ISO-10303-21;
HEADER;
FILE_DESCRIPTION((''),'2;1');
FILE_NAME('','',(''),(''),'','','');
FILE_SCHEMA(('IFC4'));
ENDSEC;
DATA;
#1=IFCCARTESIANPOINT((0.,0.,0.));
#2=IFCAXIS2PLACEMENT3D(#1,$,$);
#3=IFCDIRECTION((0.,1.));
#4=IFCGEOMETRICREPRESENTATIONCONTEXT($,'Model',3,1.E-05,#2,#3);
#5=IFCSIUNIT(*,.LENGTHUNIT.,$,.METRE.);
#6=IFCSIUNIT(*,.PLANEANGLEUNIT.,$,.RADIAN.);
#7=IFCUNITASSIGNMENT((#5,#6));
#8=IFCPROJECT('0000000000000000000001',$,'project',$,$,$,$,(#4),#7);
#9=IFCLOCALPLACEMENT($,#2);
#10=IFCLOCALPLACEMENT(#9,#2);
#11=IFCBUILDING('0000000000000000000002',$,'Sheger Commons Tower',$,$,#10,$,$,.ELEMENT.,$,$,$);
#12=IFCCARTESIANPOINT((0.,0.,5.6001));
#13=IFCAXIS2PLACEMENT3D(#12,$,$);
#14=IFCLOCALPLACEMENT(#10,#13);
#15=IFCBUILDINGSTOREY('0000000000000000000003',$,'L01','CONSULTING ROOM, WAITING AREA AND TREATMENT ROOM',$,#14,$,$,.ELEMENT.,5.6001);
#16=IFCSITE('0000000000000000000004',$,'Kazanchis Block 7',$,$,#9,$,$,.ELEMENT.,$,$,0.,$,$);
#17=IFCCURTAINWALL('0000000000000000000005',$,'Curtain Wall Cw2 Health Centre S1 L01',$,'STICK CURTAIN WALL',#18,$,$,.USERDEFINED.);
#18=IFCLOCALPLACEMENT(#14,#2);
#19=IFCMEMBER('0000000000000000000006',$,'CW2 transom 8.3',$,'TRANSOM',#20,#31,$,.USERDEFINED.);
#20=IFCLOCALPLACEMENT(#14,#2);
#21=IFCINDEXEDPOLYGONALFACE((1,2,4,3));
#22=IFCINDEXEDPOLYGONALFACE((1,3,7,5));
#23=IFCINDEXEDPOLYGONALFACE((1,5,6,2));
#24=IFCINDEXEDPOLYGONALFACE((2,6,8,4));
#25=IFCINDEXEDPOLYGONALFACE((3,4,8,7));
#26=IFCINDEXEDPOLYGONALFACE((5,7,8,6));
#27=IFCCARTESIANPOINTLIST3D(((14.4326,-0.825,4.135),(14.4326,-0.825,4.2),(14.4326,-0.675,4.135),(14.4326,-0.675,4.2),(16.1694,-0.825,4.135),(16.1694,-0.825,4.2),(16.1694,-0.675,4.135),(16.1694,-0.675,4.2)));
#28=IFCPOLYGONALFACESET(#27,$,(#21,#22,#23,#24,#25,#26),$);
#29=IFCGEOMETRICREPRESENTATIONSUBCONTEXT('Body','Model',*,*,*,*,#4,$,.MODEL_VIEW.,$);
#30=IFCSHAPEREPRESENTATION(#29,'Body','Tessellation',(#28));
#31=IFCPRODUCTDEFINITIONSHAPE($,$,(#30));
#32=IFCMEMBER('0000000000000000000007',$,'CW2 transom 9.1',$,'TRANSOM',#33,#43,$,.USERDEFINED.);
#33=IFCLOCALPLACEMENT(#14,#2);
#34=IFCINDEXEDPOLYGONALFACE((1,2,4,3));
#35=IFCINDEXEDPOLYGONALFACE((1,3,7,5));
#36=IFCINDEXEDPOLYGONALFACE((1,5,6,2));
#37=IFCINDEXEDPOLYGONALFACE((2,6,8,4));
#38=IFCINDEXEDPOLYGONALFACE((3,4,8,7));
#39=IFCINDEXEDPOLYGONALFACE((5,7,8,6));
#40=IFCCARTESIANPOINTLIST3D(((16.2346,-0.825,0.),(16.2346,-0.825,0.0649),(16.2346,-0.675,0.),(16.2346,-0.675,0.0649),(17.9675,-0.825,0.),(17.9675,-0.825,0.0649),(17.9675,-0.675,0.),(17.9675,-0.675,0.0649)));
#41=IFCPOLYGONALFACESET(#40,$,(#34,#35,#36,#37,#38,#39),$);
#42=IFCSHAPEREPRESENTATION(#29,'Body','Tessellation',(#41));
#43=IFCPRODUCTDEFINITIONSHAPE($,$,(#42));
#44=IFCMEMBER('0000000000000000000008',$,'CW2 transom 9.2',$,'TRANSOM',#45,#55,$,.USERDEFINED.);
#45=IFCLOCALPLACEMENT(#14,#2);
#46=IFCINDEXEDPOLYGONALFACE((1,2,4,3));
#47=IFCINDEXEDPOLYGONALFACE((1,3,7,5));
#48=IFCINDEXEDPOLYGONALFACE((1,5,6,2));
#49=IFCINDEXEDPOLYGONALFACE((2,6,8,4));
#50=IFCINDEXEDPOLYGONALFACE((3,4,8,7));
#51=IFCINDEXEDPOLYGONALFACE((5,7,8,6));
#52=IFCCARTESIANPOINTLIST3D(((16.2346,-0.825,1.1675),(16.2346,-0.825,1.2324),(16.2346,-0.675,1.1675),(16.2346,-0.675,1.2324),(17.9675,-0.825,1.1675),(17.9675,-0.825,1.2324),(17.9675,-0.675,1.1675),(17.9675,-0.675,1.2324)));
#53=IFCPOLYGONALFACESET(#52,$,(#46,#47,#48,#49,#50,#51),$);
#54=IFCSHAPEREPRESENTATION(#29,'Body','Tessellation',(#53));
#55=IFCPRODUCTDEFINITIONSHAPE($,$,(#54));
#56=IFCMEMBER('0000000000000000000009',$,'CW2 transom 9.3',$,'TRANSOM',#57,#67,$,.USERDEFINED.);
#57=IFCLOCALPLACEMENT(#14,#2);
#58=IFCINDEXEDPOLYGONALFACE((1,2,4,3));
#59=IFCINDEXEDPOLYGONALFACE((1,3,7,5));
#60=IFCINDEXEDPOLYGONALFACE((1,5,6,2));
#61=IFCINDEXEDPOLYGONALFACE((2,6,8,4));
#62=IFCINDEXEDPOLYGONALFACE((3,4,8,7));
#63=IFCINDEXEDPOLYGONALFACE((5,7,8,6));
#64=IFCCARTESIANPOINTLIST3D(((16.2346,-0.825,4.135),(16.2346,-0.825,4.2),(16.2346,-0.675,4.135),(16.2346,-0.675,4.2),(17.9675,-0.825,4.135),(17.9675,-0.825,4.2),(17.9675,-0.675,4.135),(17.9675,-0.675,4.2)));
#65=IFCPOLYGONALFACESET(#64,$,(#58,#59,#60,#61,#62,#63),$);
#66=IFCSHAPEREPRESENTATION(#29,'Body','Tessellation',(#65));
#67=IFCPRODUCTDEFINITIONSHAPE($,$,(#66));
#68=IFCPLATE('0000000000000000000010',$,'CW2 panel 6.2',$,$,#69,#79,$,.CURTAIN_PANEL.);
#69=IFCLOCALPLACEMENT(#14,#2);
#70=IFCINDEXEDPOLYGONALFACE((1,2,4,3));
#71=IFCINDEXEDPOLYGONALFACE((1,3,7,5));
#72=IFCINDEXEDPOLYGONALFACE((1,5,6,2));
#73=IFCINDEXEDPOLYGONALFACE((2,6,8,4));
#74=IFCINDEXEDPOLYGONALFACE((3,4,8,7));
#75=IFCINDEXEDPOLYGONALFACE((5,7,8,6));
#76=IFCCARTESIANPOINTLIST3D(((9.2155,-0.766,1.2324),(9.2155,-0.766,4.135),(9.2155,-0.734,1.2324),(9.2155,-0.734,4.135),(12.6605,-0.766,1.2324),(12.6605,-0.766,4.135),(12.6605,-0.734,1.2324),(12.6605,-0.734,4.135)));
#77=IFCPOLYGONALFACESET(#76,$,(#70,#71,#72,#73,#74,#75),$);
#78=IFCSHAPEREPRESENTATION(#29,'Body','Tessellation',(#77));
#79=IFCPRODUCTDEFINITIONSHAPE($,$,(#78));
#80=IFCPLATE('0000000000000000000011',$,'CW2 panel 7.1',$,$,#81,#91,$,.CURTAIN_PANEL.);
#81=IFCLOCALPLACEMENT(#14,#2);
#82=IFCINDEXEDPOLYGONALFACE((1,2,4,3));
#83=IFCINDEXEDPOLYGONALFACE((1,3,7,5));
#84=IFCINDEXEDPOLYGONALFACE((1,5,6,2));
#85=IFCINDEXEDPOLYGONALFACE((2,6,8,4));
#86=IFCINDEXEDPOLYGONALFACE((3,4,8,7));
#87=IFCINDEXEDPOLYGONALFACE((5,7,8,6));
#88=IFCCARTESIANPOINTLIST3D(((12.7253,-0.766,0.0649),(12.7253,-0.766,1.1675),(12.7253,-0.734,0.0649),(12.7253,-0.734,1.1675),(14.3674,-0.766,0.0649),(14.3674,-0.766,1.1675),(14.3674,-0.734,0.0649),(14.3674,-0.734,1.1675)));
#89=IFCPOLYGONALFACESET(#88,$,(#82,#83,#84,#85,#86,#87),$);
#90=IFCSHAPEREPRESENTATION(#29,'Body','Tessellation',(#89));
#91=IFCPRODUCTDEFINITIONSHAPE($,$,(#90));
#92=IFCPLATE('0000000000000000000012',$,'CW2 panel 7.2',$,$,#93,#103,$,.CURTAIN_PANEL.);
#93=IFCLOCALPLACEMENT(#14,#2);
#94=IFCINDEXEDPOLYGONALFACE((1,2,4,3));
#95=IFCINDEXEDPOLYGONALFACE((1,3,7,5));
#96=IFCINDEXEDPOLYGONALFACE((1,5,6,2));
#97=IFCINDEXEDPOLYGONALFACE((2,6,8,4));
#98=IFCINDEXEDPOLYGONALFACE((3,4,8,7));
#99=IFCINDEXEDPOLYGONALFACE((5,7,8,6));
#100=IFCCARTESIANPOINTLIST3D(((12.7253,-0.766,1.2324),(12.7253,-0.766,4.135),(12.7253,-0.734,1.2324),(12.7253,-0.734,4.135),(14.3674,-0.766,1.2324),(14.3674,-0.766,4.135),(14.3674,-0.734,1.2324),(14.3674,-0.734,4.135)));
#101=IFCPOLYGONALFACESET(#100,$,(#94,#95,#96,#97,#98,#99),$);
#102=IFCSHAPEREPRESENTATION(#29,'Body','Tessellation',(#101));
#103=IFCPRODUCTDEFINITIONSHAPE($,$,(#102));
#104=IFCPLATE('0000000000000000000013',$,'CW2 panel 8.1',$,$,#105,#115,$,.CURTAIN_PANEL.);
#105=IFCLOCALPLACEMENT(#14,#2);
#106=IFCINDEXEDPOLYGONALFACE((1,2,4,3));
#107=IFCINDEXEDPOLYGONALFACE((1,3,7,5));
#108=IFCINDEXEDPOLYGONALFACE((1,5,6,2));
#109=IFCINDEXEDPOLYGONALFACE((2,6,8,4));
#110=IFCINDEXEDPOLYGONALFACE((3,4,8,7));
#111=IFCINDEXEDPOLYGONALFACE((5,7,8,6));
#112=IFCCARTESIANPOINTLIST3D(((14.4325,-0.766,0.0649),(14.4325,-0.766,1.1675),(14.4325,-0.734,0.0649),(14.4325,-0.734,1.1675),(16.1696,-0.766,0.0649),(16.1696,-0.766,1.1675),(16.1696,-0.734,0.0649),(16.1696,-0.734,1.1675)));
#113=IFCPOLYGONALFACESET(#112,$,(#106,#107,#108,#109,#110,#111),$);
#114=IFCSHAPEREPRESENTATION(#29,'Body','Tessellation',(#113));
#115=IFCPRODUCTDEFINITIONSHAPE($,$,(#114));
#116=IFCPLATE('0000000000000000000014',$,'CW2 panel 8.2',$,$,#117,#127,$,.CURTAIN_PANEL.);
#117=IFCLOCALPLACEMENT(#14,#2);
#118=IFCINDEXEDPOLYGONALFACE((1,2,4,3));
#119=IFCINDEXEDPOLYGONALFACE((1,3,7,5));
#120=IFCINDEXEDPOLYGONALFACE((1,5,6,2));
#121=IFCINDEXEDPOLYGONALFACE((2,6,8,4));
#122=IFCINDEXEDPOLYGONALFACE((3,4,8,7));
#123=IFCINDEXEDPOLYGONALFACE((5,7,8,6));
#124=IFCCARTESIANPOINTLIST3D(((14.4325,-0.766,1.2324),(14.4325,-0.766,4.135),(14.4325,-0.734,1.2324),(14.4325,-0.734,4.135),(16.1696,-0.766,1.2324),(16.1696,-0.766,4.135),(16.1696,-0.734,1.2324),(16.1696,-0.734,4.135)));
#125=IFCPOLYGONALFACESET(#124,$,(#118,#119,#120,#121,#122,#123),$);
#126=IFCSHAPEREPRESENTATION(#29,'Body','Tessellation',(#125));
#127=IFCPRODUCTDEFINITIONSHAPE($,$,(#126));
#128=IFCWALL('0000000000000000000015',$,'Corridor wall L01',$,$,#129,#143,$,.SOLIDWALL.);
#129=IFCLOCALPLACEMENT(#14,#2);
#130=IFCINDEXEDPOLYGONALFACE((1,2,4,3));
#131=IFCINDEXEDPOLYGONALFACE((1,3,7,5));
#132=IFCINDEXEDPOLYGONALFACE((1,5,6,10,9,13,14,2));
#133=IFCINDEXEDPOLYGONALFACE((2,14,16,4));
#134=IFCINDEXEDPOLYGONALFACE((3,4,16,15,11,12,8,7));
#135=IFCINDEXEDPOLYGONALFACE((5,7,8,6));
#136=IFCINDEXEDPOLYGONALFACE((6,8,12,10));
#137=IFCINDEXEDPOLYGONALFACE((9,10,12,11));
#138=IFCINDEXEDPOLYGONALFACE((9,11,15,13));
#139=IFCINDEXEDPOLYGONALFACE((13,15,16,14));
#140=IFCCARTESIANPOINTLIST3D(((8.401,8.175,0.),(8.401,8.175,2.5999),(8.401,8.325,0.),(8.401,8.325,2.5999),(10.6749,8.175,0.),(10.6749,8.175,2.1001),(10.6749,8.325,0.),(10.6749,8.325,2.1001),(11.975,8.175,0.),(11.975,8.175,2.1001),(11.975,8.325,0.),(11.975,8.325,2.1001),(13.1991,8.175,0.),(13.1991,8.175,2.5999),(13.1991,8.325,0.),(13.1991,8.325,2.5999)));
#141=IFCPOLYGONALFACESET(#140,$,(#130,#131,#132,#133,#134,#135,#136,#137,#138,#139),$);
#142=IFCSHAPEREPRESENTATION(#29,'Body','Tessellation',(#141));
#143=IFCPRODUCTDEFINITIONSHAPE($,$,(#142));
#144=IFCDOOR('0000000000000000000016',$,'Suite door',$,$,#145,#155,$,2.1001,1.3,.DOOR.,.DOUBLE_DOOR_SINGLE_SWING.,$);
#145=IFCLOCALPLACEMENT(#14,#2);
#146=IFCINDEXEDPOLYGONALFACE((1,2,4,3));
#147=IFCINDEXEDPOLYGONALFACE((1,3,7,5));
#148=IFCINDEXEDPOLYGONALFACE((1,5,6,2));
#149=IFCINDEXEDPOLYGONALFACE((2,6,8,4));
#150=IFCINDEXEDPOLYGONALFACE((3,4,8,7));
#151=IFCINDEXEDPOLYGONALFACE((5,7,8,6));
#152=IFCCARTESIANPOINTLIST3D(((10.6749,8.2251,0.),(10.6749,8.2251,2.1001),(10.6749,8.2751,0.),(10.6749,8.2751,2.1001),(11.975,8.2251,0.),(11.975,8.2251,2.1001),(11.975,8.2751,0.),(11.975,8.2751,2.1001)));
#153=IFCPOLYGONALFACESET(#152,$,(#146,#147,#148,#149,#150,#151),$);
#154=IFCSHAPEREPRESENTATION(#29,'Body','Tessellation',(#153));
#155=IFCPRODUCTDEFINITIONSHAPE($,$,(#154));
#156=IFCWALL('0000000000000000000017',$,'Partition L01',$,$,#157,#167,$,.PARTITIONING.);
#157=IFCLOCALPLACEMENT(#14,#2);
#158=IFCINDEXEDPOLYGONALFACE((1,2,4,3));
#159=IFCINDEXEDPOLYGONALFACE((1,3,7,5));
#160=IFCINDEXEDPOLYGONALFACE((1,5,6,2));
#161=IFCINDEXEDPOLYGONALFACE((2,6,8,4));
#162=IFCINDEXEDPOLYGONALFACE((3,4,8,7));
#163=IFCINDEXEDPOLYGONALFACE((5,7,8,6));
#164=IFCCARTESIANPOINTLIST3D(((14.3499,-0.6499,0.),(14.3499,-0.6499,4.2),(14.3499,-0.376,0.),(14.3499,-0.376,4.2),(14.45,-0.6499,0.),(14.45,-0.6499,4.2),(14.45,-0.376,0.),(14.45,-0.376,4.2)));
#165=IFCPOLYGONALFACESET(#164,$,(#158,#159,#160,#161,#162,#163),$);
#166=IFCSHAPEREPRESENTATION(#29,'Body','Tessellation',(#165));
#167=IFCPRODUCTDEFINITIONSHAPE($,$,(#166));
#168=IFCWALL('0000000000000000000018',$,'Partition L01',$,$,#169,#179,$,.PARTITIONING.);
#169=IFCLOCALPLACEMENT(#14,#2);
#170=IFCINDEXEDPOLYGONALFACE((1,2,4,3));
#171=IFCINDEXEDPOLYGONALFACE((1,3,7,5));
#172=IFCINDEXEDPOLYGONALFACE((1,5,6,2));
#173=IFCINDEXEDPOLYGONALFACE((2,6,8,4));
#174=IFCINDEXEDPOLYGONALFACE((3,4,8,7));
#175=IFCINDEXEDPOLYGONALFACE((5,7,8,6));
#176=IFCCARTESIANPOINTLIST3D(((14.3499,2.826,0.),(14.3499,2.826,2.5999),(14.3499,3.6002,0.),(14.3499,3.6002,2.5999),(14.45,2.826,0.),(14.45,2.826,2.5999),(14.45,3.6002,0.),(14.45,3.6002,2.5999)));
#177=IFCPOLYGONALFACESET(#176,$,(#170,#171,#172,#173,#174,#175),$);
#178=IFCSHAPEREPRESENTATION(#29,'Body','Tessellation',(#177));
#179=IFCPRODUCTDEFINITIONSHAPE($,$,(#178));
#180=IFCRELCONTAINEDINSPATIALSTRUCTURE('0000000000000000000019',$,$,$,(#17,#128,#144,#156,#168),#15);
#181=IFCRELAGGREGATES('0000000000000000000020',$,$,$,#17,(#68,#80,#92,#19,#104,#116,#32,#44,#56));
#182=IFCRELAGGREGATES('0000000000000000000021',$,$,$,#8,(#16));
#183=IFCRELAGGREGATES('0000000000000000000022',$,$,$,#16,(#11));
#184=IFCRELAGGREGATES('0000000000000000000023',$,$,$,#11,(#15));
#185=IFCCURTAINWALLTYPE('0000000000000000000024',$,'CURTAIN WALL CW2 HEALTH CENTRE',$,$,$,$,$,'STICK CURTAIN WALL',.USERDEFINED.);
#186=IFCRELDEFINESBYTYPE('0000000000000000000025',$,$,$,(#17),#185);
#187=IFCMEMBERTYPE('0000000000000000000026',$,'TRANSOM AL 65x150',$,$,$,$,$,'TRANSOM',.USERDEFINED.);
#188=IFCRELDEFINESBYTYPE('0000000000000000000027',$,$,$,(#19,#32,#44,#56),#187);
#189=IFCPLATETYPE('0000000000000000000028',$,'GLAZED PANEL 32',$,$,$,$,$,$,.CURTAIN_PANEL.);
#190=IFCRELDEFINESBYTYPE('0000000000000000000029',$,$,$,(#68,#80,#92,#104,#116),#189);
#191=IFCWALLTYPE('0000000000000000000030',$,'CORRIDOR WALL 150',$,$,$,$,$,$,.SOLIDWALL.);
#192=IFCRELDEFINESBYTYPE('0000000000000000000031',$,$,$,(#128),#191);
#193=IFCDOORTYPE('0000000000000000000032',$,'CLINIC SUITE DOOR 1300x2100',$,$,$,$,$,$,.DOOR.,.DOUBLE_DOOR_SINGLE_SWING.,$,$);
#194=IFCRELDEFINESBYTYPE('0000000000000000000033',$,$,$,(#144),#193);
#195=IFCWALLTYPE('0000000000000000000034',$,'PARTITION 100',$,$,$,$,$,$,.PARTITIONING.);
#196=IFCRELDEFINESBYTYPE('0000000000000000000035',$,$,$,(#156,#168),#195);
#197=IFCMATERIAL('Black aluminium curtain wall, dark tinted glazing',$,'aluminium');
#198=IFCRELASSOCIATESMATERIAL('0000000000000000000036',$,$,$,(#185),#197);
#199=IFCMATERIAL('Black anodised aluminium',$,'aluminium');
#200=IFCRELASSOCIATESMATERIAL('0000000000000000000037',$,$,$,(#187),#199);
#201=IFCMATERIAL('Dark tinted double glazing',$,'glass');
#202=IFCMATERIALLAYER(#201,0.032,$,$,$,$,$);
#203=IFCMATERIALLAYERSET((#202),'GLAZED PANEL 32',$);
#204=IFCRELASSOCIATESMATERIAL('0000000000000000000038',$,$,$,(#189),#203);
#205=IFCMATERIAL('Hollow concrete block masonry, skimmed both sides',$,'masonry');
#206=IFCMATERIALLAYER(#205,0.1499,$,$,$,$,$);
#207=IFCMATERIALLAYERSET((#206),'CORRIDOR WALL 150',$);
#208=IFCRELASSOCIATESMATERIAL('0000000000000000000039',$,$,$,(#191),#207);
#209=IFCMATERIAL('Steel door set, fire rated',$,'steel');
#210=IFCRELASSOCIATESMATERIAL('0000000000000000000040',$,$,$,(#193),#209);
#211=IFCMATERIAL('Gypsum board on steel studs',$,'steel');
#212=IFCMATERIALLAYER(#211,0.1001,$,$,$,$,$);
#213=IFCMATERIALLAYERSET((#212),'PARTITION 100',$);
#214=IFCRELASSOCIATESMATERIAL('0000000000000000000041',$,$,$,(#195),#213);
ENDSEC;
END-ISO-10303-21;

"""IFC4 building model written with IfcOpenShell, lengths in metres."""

from ifc_helpers import new_model, si_unit, direction, frame, frame_2d, origin, origin_2d, place, context, subcontext, project, spatial, rectangle, extrude, material, layer, layer_set, material_profile, profile_set, type_object, element, fill, aggregate, save


model = new_model("IFC4")

# Units and contexts
model_context = context("Model", 3, precision=1e-05, world=origin(), true_north=direction((0.0, 1.0)))
body_context = subcontext(model_context, "Body", "Model", "MODEL_VIEW")
ifc_project = project(units=[si_unit("LENGTHUNIT", "METRE"), si_unit("PLANEANGLEUNIT", "RADIAN")], contexts=[model_context])

# Site, building, storey
site_placement = place(None, origin())
site = spatial("IfcSite", under=ifc_project, at=site_placement, Name="Kazanchis Block 7", CompositionType="ELEMENT", RefElevation=0.0)
building_placement = place(site_placement, origin())
building = spatial("IfcBuilding", under=site, at=building_placement, Name="Sheger Commons Tower", CompositionType="ELEMENT")
storey_placement = place(building_placement, frame((0.0, 0.0, 5.6001)))
storey = spatial("IfcBuildingStorey", under=building, at=storey_placement, Name="L01", Description="CONSULTING ROOM, WAITING AREA AND TREATMENT ROOM", CompositionType="ELEMENT", Elevation=5.6001)

# Curtain wall
ifc_material_1 = material(Name="Black aluminium curtain wall, dark tinted glazing", Category="aluminium")
curtain_wall_type = type_object("IfcCurtainWallType", Name="CURTAIN WALL CW2 HEALTH CENTRE", ElementType="STICK CURTAIN WALL", PredefinedType="USERDEFINED", material=ifc_material_1)
curtain_wall_placement = place(storey_placement, origin())
curtain_wall = element("IfcCurtainWall", 1, at=curtain_wall_placement, inside=storey, type_object=curtain_wall_type, Name="Curtain Wall Cw2 Health Centre S1 L01", ObjectType="STICK CURTAIN WALL", PredefinedType="USERDEFINED")

# Members
ifc_material_2 = material(Name="Black anodised aluminium", Category="aluminium")
ifc_material_profile_1 = material_profile(ifc_material_2, rectangle(XDim=0.1499, YDim=0.0649, at=origin_2d()), Name="AL 65x150")
ifc_profile_set_1 = profile_set([ifc_material_profile_1], Name="Black anodised aluminium")
member_type_1 = type_object("IfcMemberType", Name="TRANSOM AL 65x150", ElementType="TRANSOM", PredefinedType="USERDEFINED", material=ifc_profile_set_1)
member_1_placement = place(storey_placement, frame((14.4326, -0.75, 4.1675), z_axis=(1.0, 0.0, 0.0), x_axis=(0.0, 1.0, 0.0)))
member_1 = element("IfcMember", 2, at=member_1_placement, type_object=member_type_1, Name="CW2 transom 8.3", ObjectType="TRANSOM", PredefinedType="USERDEFINED", context=body_context, shape_type="SweptSolid", body=[
    extrude(rectangle(XDim=0.1499, YDim=0.0649, at=origin_2d()), origin(), (0.0, 0.0, 1.0), 1.7368),
])
member_2_placement = place(storey_placement, frame((16.2346, -0.75, 0.0325), z_axis=(1.0, 0.0, 0.0), x_axis=(0.0, 1.0, 0.0)))
member_2 = element("IfcMember", 3, at=member_2_placement, type_object=member_type_1, Name="CW2 transom 9.1", ObjectType="TRANSOM", PredefinedType="USERDEFINED", context=body_context, shape_type="SweptSolid", body=[
    extrude(rectangle(XDim=0.1499, YDim=0.0649, at=origin_2d()), origin(), (0.0, 0.0, 1.0), 1.7329),
])
member_3_placement = place(storey_placement, frame((16.2346, -0.75, 1.2), z_axis=(1.0, 0.0, 0.0), x_axis=(0.0, 1.0, 0.0)))
member_3 = element("IfcMember", 4, at=member_3_placement, type_object=member_type_1, Name="CW2 transom 9.2", ObjectType="TRANSOM", PredefinedType="USERDEFINED", context=body_context, shape_type="SweptSolid", body=[
    extrude(rectangle(XDim=0.1499, YDim=0.0649, at=origin_2d()), origin(), (0.0, 0.0, 1.0), 1.7329),
])
member_4_placement = place(storey_placement, frame((16.2346, -0.75, 4.1675), z_axis=(1.0, 0.0, 0.0), x_axis=(0.0, 1.0, 0.0)))
member_4 = element("IfcMember", 5, at=member_4_placement, type_object=member_type_1, Name="CW2 transom 9.3", ObjectType="TRANSOM", PredefinedType="USERDEFINED", context=body_context, shape_type="SweptSolid", body=[
    extrude(rectangle(XDim=0.1499, YDim=0.0649, at=origin_2d()), origin(), (0.0, 0.0, 1.0), 1.7329),
])

# Plates
ifc_material_3 = material(Name="Dark tinted double glazing", Category="glass")
ifc_layer_1 = layer(ifc_material_3, 0.032)
ifc_layer_set_1 = layer_set([ifc_layer_1], Name="GLAZED PANEL 32")
plate_type = type_object("IfcPlateType", Name="GLAZED PANEL 32", PredefinedType="CURTAIN_PANEL", material=ifc_layer_set_1)
plate_1_placement = place(storey_placement, frame((10.938, -0.75, 1.2324), z_axis=(0.0, 0.0, 1.0), x_axis=(1.0, 0.0, 0.0)))
plate_1 = element("IfcPlate", 6, at=plate_1_placement, type_object=plate_type, Name="CW2 panel 6.2", PredefinedType="CURTAIN_PANEL", context=body_context, shape_type="SweptSolid", body=[
    extrude(rectangle(XDim=3.4451, YDim=0.032, at=origin_2d()), origin(), (0.0, 0.0, 1.0), 2.9026),
])
plate_2_placement = place(storey_placement, frame((13.5464, -0.75, 0.0649), z_axis=(0.0, 0.0, 1.0), x_axis=(1.0, 0.0, 0.0)))
plate_2 = element("IfcPlate", 7, at=plate_2_placement, type_object=plate_type, Name="CW2 panel 7.1", PredefinedType="CURTAIN_PANEL", context=body_context, shape_type="SweptSolid", body=[
    extrude(rectangle(XDim=1.6421, YDim=0.032, at=origin_2d()), origin(), (0.0, 0.0, 1.0), 1.1025),
])
plate_3_placement = place(storey_placement, frame((13.5464, -0.75, 1.2324), z_axis=(0.0, 0.0, 1.0), x_axis=(1.0, 0.0, 0.0)))
plate_3 = element("IfcPlate", 8, at=plate_3_placement, type_object=plate_type, Name="CW2 panel 7.2", PredefinedType="CURTAIN_PANEL", context=body_context, shape_type="SweptSolid", body=[
    extrude(rectangle(XDim=1.6421, YDim=0.032, at=origin_2d()), origin(), (0.0, 0.0, 1.0), 2.9026),
])
plate_4_placement = place(storey_placement, frame((15.301, -0.75, 0.0649), z_axis=(0.0, 0.0, 1.0), x_axis=(1.0, 0.0, 0.0)))
plate_4 = element("IfcPlate", 9, at=plate_4_placement, type_object=plate_type, Name="CW2 panel 8.1", PredefinedType="CURTAIN_PANEL", context=body_context, shape_type="SweptSolid", body=[
    extrude(rectangle(XDim=1.7371, YDim=0.032, at=origin_2d()), origin(), (0.0, 0.0, 1.0), 1.1025),
])
plate_5_placement = place(storey_placement, frame((15.301, -0.75, 1.2324), z_axis=(0.0, 0.0, 1.0), x_axis=(1.0, 0.0, 0.0)))
plate_5 = element("IfcPlate", 10, at=plate_5_placement, type_object=plate_type, Name="CW2 panel 8.2", PredefinedType="CURTAIN_PANEL", context=body_context, shape_type="SweptSolid", body=[
    extrude(rectangle(XDim=1.7371, YDim=0.032, at=origin_2d()), origin(), (0.0, 0.0, 1.0), 2.9026),
])
aggregate(curtain_wall, [plate_1, plate_2, plate_3, member_1, plate_4, plate_5, member_2, member_3, member_4])

# Wall, opening, door
ifc_material_4 = material(Name="Hollow concrete block masonry, skimmed both sides", Category="masonry")
ifc_layer_2 = layer(ifc_material_4, 0.1499)
ifc_layer_set_2 = layer_set([ifc_layer_2], Name="CORRIDOR WALL 150")
wall_type_1 = type_object("IfcWallType", Name="CORRIDOR WALL 150", PredefinedType="SOLIDWALL", material=ifc_layer_set_2)
wall_1_placement = place(storey_placement, frame((13.199, 8.25, 0.0), z_axis=(0.0, 0.0, 1.0), x_axis=(-1.0, 0.0, 0.0)))
wall_1 = element("IfcWall", 11, at=wall_1_placement, inside=storey, type_object=wall_type_1, Name="Corridor wall L01", PredefinedType="SOLIDWALL", context=body_context, shape_type="SweptSolid", body=[
    extrude(rectangle(XDim=4.7981, YDim=0.1499, at=frame_2d((2.3989, 0.0))), origin(), (0.0, 0.0, 1.0), 2.5999),
])
opening_1_placement = place(wall_1_placement, frame((1.2241, 0.0, 0.0)))
opening_1 = element("IfcOpeningElement", 12, at=opening_1_placement, cuts=wall_1, PredefinedType="OPENING", context=body_context, shape_type="SweptSolid", body=[
    extrude(rectangle(XDim=1.3, YDim=2.1001, at=frame_2d((0.6499, 1.05))), frame((0.0, 0.085, 0.0), z_axis=(0.0, -1.0, 0.0), x_axis=(1.0, 0.0, 0.0)), (0.0, 0.0, 1.0), 0.1699),
])
ifc_material_5 = material(Name="Steel door set, fire rated", Category="steel")
door_type_1 = type_object("IfcDoorType", Name="CLINIC SUITE DOOR 1300x2100", OperationType="DOUBLE_DOOR_SINGLE_SWING", PredefinedType="DOOR", material=ifc_material_5)
door_1_placement = place(opening_1_placement, origin())
door_1 = element("IfcDoor", 13, at=door_1_placement, inside=storey, type_object=door_type_1, Name="Suite door", OperationType="DOUBLE_DOOR_SINGLE_SWING", OverallHeight=2.1001, OverallWidth=1.3, PredefinedType="DOOR", context=body_context, shape_type="SweptSolid", body=[
    extrude(rectangle(XDim=1.3, YDim=2.1001, at=frame_2d((0.6499, 1.05))), frame((0.0, 0.0249, 0.0), z_axis=(0.0, -1.0, 0.0), x_axis=(1.0, 0.0, 0.0)), (0.0, 0.0, 1.0), 0.05),
])
fill(opening_1, door_1)

# Walls
ifc_material_6 = material(Name="Gypsum board on steel studs", Category="steel")
ifc_layer_3 = layer(ifc_material_6, 0.1001)
ifc_layer_set_3 = layer_set([ifc_layer_3], Name="PARTITION 100")
wall_type_2 = type_object("IfcWallType", Name="PARTITION 100", PredefinedType="PARTITIONING", material=ifc_layer_set_3)
wall_2_placement = place(storey_placement, frame((14.3999, -0.6499, 0.0), z_axis=(0.0, 0.0, 1.0), x_axis=(0.0, 1.0, 0.0)))
element("IfcWall", 14, at=wall_2_placement, inside=storey, type_object=wall_type_2, Name="Partition L01", PredefinedType="PARTITIONING", context=body_context, shape_type="SweptSolid", body=[
    extrude(rectangle(XDim=0.2739, YDim=0.1001, at=frame_2d((0.137, 0.0))), origin(), (0.0, 0.0, 1.0), 4.2),
])
wall_3_placement = place(storey_placement, frame((14.3999, 2.8259, 0.0), z_axis=(0.0, 0.0, 1.0), x_axis=(0.0, 1.0, 0.0)))
element("IfcWall", 15, at=wall_3_placement, inside=storey, type_object=wall_type_2, Name="Partition L01", PredefinedType="PARTITIONING", context=body_context, shape_type="SweptSolid", body=[
    extrude(rectangle(XDim=0.7742, YDim=0.1001, at=frame_2d((0.3872, 0.0))), origin(), (0.0, 0.0, 1.0), 2.5999),
])

save(model, "model.ifc")
